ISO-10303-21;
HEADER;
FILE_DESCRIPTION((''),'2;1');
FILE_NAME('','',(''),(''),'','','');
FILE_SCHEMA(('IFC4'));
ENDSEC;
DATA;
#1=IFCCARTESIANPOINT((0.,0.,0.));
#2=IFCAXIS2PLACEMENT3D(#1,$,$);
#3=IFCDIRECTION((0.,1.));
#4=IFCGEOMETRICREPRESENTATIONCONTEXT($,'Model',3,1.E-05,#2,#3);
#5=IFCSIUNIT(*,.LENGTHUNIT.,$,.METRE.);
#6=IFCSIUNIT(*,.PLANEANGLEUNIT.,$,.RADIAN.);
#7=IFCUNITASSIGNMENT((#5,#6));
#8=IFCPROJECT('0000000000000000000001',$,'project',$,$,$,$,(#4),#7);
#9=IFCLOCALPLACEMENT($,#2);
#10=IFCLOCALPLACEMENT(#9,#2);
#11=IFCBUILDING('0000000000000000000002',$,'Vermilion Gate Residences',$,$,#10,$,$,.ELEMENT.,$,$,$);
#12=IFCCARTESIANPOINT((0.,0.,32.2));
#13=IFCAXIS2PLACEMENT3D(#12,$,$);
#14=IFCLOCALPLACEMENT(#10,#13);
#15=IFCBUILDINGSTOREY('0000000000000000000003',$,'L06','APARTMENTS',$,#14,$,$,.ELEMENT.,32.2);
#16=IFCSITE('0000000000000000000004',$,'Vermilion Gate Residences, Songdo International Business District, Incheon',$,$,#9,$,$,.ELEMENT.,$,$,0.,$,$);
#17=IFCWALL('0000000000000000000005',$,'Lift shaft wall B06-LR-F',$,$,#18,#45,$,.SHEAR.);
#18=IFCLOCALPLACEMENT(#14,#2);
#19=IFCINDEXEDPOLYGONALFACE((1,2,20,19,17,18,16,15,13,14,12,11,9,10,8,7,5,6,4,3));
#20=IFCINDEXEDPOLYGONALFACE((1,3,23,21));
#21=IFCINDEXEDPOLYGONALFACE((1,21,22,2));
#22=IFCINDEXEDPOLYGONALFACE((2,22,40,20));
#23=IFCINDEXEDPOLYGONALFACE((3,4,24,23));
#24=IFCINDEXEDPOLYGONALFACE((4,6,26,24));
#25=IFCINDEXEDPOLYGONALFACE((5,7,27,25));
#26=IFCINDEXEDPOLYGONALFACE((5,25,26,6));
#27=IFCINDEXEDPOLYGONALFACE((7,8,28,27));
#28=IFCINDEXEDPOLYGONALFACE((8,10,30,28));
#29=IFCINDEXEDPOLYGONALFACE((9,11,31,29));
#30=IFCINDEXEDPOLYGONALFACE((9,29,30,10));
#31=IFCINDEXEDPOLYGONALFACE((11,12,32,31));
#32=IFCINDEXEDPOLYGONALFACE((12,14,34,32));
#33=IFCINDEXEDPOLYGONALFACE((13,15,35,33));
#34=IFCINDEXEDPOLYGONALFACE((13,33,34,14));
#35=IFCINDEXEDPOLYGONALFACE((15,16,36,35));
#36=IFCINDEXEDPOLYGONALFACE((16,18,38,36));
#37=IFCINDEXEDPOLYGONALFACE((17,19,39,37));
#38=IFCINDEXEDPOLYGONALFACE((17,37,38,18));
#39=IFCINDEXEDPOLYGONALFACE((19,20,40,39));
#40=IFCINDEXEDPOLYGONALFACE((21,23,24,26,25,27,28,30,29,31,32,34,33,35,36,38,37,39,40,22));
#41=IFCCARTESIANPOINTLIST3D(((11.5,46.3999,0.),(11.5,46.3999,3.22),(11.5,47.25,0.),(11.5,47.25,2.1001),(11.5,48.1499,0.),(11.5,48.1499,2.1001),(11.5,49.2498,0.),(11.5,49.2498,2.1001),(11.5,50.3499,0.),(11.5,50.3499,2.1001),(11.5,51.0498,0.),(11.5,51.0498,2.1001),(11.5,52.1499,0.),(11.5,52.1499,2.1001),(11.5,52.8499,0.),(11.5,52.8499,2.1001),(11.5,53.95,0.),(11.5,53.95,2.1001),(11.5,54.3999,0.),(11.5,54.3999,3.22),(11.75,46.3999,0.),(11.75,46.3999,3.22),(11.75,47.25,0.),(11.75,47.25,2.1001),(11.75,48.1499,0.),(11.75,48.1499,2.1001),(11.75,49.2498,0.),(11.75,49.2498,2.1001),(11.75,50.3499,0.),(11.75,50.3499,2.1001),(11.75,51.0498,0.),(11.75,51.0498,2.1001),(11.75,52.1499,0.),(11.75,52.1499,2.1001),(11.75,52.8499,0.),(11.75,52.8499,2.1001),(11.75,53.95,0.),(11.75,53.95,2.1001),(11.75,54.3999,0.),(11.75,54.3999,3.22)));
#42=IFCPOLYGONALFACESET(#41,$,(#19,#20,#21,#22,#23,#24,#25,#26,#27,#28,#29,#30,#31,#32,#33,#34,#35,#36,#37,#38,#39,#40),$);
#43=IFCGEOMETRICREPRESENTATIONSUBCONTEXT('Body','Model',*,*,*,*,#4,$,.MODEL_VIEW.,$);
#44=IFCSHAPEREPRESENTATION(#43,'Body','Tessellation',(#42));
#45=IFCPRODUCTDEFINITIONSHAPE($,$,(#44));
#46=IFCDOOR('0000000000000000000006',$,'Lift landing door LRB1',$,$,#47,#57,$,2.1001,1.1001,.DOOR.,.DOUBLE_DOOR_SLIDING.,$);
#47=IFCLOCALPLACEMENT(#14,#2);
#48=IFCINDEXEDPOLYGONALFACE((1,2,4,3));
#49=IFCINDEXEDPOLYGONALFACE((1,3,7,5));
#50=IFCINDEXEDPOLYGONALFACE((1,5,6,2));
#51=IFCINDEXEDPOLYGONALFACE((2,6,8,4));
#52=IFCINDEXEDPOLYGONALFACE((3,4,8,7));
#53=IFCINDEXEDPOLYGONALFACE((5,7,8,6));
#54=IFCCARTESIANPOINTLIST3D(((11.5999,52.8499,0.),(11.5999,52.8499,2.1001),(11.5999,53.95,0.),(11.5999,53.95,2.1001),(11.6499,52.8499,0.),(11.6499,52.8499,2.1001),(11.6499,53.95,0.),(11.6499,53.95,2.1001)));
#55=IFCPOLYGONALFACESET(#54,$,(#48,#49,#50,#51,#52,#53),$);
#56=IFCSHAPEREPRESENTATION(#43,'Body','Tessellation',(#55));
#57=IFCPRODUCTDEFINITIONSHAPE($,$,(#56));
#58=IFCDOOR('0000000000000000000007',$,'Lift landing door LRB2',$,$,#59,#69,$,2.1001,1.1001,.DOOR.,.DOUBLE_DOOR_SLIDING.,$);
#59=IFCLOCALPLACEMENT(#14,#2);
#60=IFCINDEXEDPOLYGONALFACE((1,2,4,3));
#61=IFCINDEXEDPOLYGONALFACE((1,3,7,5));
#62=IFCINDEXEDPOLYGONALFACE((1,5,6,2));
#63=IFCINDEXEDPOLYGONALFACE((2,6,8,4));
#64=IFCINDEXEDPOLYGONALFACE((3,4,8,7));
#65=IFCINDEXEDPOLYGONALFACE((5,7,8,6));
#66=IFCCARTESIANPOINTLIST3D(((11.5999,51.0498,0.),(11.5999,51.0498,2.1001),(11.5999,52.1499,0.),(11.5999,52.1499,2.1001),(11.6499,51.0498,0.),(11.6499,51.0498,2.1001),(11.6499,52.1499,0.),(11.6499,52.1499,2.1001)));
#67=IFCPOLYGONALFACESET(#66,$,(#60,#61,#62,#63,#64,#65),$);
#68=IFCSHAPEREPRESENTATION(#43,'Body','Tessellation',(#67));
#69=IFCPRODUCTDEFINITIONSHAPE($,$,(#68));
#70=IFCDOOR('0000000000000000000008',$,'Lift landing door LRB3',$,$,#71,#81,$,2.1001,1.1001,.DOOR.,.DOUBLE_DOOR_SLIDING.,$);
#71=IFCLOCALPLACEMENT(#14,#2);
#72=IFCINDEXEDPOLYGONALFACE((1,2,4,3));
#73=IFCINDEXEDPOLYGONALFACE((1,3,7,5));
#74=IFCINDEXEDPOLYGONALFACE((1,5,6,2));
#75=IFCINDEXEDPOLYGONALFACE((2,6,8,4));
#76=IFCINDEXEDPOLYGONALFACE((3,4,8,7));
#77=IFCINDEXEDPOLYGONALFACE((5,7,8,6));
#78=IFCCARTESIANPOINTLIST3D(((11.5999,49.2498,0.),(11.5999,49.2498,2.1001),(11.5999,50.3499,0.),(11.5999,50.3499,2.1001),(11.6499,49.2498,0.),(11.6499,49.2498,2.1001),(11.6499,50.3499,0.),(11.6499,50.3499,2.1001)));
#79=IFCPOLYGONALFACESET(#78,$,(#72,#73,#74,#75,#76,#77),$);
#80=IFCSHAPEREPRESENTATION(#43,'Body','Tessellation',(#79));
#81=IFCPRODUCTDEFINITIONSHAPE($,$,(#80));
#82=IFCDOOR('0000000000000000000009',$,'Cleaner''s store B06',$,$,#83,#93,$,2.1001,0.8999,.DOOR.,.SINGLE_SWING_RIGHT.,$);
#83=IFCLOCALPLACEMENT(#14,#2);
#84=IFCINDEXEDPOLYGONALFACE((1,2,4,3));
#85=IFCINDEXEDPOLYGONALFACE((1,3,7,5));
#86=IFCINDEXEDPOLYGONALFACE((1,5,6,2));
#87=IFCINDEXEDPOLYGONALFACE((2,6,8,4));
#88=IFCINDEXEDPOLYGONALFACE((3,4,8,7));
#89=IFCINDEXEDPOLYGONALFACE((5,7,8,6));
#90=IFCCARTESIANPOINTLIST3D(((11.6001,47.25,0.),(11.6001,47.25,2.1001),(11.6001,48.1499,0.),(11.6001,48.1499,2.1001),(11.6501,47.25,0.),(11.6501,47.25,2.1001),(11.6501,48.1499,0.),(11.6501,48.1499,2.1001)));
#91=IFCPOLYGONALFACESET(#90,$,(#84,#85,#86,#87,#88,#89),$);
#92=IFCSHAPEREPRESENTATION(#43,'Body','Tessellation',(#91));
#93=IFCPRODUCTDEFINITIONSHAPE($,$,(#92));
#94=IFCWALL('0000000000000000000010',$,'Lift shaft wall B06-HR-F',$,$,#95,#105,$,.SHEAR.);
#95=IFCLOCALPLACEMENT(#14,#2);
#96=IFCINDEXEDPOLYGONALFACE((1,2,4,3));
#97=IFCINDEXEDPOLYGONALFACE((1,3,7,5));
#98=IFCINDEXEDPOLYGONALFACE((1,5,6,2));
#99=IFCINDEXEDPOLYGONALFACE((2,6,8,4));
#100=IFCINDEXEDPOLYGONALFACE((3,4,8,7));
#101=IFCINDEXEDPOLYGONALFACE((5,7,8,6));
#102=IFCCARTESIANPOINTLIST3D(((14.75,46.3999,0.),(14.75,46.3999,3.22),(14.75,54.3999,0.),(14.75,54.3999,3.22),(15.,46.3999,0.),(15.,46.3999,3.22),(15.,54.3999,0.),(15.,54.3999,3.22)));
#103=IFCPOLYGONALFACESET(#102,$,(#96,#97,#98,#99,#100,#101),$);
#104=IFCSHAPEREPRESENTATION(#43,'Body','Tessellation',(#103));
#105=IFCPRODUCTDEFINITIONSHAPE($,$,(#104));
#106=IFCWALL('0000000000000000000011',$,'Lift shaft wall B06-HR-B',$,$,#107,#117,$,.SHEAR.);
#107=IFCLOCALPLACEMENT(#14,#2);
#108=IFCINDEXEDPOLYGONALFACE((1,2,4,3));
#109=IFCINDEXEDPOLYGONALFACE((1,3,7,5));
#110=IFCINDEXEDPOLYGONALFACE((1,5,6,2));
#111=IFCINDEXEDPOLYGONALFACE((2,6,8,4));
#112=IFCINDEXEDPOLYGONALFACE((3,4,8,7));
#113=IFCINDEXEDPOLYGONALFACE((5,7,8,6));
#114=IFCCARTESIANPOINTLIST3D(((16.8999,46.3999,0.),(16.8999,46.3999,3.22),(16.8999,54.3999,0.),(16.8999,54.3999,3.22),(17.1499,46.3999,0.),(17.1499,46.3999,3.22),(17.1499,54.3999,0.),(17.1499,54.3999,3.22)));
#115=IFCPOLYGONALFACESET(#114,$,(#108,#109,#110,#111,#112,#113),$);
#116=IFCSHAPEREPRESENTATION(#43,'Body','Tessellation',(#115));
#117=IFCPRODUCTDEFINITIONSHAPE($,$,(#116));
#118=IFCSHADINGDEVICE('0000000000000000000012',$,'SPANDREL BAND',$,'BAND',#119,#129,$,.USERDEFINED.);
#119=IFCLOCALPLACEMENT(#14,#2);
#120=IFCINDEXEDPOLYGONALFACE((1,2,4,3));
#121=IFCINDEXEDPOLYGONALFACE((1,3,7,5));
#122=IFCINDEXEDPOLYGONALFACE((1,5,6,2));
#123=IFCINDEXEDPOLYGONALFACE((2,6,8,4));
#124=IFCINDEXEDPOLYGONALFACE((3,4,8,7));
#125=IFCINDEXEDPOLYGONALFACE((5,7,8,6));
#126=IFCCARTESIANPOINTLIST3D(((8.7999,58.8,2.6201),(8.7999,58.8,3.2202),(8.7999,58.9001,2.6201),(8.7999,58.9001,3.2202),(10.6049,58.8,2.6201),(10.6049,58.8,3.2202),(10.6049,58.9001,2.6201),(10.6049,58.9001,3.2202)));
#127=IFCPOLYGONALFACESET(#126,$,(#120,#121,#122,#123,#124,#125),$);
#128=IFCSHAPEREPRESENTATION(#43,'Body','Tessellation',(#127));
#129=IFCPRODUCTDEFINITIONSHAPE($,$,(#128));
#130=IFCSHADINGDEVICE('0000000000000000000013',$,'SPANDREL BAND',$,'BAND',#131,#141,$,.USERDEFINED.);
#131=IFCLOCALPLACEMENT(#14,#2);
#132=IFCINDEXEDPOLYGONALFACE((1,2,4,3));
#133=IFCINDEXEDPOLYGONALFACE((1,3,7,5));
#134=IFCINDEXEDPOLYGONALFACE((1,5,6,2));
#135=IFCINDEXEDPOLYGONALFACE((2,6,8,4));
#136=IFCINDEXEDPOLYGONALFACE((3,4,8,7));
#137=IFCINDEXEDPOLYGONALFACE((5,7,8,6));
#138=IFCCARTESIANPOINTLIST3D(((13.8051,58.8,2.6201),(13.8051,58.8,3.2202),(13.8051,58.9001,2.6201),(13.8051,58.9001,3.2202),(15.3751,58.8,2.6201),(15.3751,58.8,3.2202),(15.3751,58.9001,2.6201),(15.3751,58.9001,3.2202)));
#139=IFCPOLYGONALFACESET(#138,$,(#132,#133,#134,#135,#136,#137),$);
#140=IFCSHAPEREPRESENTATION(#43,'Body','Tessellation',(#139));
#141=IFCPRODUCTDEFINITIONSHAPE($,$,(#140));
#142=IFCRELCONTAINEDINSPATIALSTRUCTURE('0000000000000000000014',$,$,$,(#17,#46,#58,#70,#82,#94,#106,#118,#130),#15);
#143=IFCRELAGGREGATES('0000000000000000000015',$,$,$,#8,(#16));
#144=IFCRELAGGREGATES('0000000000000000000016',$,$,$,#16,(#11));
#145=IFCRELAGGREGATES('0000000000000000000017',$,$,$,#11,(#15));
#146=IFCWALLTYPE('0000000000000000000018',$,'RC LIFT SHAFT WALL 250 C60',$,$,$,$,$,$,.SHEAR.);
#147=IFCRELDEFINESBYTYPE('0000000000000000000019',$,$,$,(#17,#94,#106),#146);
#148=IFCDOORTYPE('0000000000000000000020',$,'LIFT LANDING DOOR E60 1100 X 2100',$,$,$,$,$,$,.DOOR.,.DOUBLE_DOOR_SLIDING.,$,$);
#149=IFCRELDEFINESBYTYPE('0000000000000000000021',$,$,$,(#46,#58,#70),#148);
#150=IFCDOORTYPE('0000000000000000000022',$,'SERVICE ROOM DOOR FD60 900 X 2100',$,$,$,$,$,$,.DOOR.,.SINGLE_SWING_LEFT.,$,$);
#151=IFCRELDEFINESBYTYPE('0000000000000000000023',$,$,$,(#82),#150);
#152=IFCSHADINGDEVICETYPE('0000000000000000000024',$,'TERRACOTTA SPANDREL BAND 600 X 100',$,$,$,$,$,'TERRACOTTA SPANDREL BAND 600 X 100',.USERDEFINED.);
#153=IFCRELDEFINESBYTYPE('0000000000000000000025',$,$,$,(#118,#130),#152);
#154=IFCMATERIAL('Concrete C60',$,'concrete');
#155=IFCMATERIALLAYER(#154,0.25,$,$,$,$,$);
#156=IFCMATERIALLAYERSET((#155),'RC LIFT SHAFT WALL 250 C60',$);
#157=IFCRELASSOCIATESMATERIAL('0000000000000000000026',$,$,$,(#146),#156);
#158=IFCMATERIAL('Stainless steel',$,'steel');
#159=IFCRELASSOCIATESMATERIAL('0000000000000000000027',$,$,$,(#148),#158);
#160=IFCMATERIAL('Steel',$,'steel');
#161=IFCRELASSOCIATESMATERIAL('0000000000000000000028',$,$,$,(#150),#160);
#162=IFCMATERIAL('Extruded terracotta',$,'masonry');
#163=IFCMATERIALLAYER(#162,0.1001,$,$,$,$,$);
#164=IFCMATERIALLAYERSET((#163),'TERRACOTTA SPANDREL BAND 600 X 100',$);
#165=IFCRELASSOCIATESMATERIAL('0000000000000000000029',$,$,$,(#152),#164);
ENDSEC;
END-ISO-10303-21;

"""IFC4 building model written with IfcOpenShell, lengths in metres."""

from ifc_helpers import new_model, si_unit, direction, frame, frame_2d, origin, origin_2d, place, context, subcontext, project, spatial, rectangle, extrude, material, layer, layer_set, type_object, element, fill, save


model = new_model("IFC4")

# Units and contexts
model_context = context("Model", 3, precision=1e-05, world=origin(), true_north=direction((0.0, 1.0)))
body_context = subcontext(model_context, "Body", "Model", "MODEL_VIEW")
ifc_project = project(units=[si_unit("LENGTHUNIT", "METRE"), si_unit("PLANEANGLEUNIT", "RADIAN")], contexts=[model_context])

# Site, building, storey
site_placement = place(None, origin())
site = spatial("IfcSite", under=ifc_project, at=site_placement, Name="Vermilion Gate Residences, Songdo International Business District, Incheon", CompositionType="ELEMENT", RefElevation=0.0)
building_placement = place(site_placement, origin())
building = spatial("IfcBuilding", under=site, at=building_placement, Name="Vermilion Gate Residences", CompositionType="ELEMENT")
storey_placement = place(building_placement, frame((0.0, 0.0, 32.2)))
storey = spatial("IfcBuildingStorey", under=building, at=storey_placement, Name="L06", Description="APARTMENTS", CompositionType="ELEMENT", Elevation=32.2)

# Wall, openings, doors
ifc_material_1 = material(Name="Concrete C60", Category="concrete")
ifc_layer_1 = layer(ifc_material_1, 0.25)
ifc_layer_set_1 = layer_set([ifc_layer_1], Name="RC LIFT SHAFT WALL 250 C60")
wall_type_1 = type_object("IfcWallType", Name="RC LIFT SHAFT WALL 250 C60", PredefinedType="SHEAR", material=ifc_layer_set_1)
wall_1_placement = place(storey_placement, frame((11.625, 54.3999, 0.0), z_axis=(0.0, 0.0, 1.0), x_axis=(0.0, -1.0, 0.0)))
wall_1 = element("IfcWall", 1, at=wall_1_placement, inside=storey, type_object=wall_type_1, Name="Lift shaft wall B06-LR-F", PredefinedType="SHEAR", context=body_context, shape_type="SweptSolid", body=[
    extrude(rectangle(XDim=8.0, YDim=0.25, at=frame_2d((4.0, 0.0))), origin(), (0.0, 0.0, 1.0), 3.22),
])
opening_1_placement = place(wall_1_placement, frame((0.45, 0.0, 0.0)))
opening_1 = element("IfcOpeningElement", 2, at=opening_1_placement, cuts=wall_1, PredefinedType="OPENING", context=body_context, shape_type="SweptSolid", body=[
    extrude(rectangle(XDim=1.1001, YDim=2.1001, at=frame_2d((0.55, 1.05))), frame((0.0, 0.135, 0.0), z_axis=(0.0, -1.0, 0.0), x_axis=(1.0, 0.0, 0.0)), (0.0, 0.0, 1.0), 0.27),
])
opening_2_placement = place(wall_1_placement, frame((2.25, 0.0, 0.0)))
opening_2 = element("IfcOpeningElement", 3, at=opening_2_placement, cuts=wall_1, PredefinedType="OPENING", context=body_context, shape_type="SweptSolid", body=[
    extrude(rectangle(XDim=1.1001, YDim=2.1001, at=frame_2d((0.55, 1.05))), frame((0.0, 0.135, 0.0), z_axis=(0.0, -1.0, 0.0), x_axis=(1.0, 0.0, 0.0)), (0.0, 0.0, 1.0), 0.27),
])
opening_3_placement = place(wall_1_placement, frame((4.05, 0.0, 0.0)))
opening_3 = element("IfcOpeningElement", 4, at=opening_3_placement, cuts=wall_1, PredefinedType="OPENING", context=body_context, shape_type="SweptSolid", body=[
    extrude(rectangle(XDim=1.1001, YDim=2.1001, at=frame_2d((0.55, 1.05))), frame((0.0, 0.135, 0.0), z_axis=(0.0, -1.0, 0.0), x_axis=(1.0, 0.0, 0.0)), (0.0, 0.0, 1.0), 0.27),
])
opening_4_placement = place(wall_1_placement, frame((6.25, 0.0, 0.0)))
opening_4 = element("IfcOpeningElement", 5, at=opening_4_placement, cuts=wall_1, PredefinedType="OPENING", context=body_context, shape_type="SweptSolid", body=[
    extrude(rectangle(XDim=0.8999, YDim=2.1001, at=frame_2d((0.45, 1.05))), frame((0.0, 0.135, 0.0), z_axis=(0.0, -1.0, 0.0), x_axis=(1.0, 0.0, 0.0)), (0.0, 0.0, 1.0), 0.27),
])
ifc_material_2 = material(Name="Stainless steel", Category="steel")
door_type_1 = type_object("IfcDoorType", Name="LIFT LANDING DOOR E60 1100 X 2100", OperationType="DOUBLE_DOOR_SLIDING", PredefinedType="DOOR", material=ifc_material_2)
door_1_placement = place(opening_1_placement, origin())
door_1 = element("IfcDoor", 6, at=door_1_placement, inside=storey, type_object=door_type_1, Name="Lift landing door LRB1", OperationType="DOUBLE_DOOR_SLIDING", OverallHeight=2.1001, OverallWidth=1.1001, PredefinedType="DOOR", context=body_context, shape_type="SweptSolid", body=[
    extrude(rectangle(XDim=1.1001, YDim=2.1001, at=frame_2d((0.55, 1.05))), frame((0.0, 0.0249, 0.0), z_axis=(0.0, -1.0, 0.0), x_axis=(1.0, 0.0, 0.0)), (0.0, 0.0, 1.0), 0.05),
])
fill(opening_1, door_1)
door_2_placement = place(opening_2_placement, origin())
door_2 = element("IfcDoor", 7, at=door_2_placement, inside=storey, type_object=door_type_1, Name="Lift landing door LRB2", OperationType="DOUBLE_DOOR_SLIDING", OverallHeight=2.1001, OverallWidth=1.1001, PredefinedType="DOOR", context=body_context, shape_type="SweptSolid", body=[
    extrude(rectangle(XDim=1.1001, YDim=2.1001, at=frame_2d((0.55, 1.05))), frame((0.0, 0.0249, 0.0), z_axis=(0.0, -1.0, 0.0), x_axis=(1.0, 0.0, 0.0)), (0.0, 0.0, 1.0), 0.05),
])
fill(opening_2, door_2)
door_3_placement = place(opening_3_placement, origin())
door_3 = element("IfcDoor", 8, at=door_3_placement, inside=storey, type_object=door_type_1, Name="Lift landing door LRB3", OperationType="DOUBLE_DOOR_SLIDING", OverallHeight=2.1001, OverallWidth=1.1001, PredefinedType="DOOR", context=body_context, shape_type="SweptSolid", body=[
    extrude(rectangle(XDim=1.1001, YDim=2.1001, at=frame_2d((0.55, 1.05))), frame((0.0, 0.0249, 0.0), z_axis=(0.0, -1.0, 0.0), x_axis=(1.0, 0.0, 0.0)), (0.0, 0.0, 1.0), 0.05),
])
fill(opening_3, door_3)
ifc_material_3 = material(Name="Steel", Category="steel")
door_type_2 = type_object("IfcDoorType", Name="SERVICE ROOM DOOR FD60 900 X 2100", OperationType="SINGLE_SWING_LEFT", PredefinedType="DOOR", material=ifc_material_3)
door_4_placement = place(opening_4_placement, frame((0.8999, 0.0, 0.0), z_axis=(0.0, 0.0, 1.0), x_axis=(-1.0, 0.0, 0.0)))
door_4 = element("IfcDoor", 9, at=door_4_placement, inside=storey, type_object=door_type_2, Name="Cleaner's store B06", OperationType="SINGLE_SWING_RIGHT", OverallHeight=2.1001, OverallWidth=0.8999, PredefinedType="DOOR", context=body_context, shape_type="SweptSolid", body=[
    extrude(rectangle(XDim=0.8999, YDim=2.1001, at=frame_2d((0.45, 1.05))), frame((0.0, 0.0249, 0.0), z_axis=(0.0, -1.0, 0.0), x_axis=(1.0, 0.0, 0.0)), (0.0, 0.0, 1.0), 0.05),
])
fill(opening_4, door_4)

# Walls
for number, where, z_axis, x_axis, name in (
    (10, (14.875, 54.3999, 0.0), (0.0, 0.0, 1.0), (0.0, -1.0, 0.0), "Lift shaft wall B06-HR-F"),
    (11, (17.0249, 54.3999, 0.0), (0.0, 0.0, 1.0), (0.0, -1.0, 0.0), "Lift shaft wall B06-HR-B"),
):
    element("IfcWall", number, at=place(storey_placement, frame(where, z_axis=z_axis, x_axis=x_axis)), inside=storey, type_object=wall_type_1, Name=name, PredefinedType="SHEAR", context=body_context, shape_type="SweptSolid", body=[
        extrude(rectangle(XDim=8.0, YDim=0.25, at=frame_2d((4.0, 0.0))), origin(), (0.0, 0.0, 1.0), 3.22),
    ])

# Shading devices
ifc_material_4 = material(Name="Extruded terracotta", Category="masonry")
ifc_layer_2 = layer(ifc_material_4, 0.1001)
ifc_layer_set_2 = layer_set([ifc_layer_2], Name="TERRACOTTA SPANDREL BAND 600 X 100")
shading_device_type = type_object("IfcShadingDeviceType", Name="TERRACOTTA SPANDREL BAND 600 X 100", ElementType="TERRACOTTA SPANDREL BAND 600 X 100", PredefinedType="USERDEFINED", material=ifc_layer_set_2)
shading_device_1_placement = place(storey_placement, frame((9.7024, 58.8501, 2.6201), z_axis=(0.0, 0.0, 1.0), x_axis=(1.0, 0.0, 0.0)))
element("IfcShadingDevice", 12, at=shading_device_1_placement, inside=storey, type_object=shading_device_type, Name="SPANDREL BAND", ObjectType="BAND", PredefinedType="USERDEFINED", context=body_context, shape_type="SweptSolid", body=[
    extrude(rectangle(XDim=1.8049, YDim=0.1001, at=origin_2d()), origin(), (0.0, 0.0, 1.0), 0.6001),
])
shading_device_2_placement = place(storey_placement, frame((14.5901, 58.8501, 2.6201), z_axis=(0.0, 0.0, 1.0), x_axis=(1.0, 0.0, 0.0)))
element("IfcShadingDevice", 13, at=shading_device_2_placement, inside=storey, type_object=shading_device_type, Name="SPANDREL BAND", ObjectType="BAND", PredefinedType="USERDEFINED", context=body_context, shape_type="SweptSolid", body=[
    extrude(rectangle(XDim=1.5701, YDim=0.1001, at=origin_2d()), origin(), (0.0, 0.0, 1.0), 0.6001),
])

save(model, "model.ifc")
